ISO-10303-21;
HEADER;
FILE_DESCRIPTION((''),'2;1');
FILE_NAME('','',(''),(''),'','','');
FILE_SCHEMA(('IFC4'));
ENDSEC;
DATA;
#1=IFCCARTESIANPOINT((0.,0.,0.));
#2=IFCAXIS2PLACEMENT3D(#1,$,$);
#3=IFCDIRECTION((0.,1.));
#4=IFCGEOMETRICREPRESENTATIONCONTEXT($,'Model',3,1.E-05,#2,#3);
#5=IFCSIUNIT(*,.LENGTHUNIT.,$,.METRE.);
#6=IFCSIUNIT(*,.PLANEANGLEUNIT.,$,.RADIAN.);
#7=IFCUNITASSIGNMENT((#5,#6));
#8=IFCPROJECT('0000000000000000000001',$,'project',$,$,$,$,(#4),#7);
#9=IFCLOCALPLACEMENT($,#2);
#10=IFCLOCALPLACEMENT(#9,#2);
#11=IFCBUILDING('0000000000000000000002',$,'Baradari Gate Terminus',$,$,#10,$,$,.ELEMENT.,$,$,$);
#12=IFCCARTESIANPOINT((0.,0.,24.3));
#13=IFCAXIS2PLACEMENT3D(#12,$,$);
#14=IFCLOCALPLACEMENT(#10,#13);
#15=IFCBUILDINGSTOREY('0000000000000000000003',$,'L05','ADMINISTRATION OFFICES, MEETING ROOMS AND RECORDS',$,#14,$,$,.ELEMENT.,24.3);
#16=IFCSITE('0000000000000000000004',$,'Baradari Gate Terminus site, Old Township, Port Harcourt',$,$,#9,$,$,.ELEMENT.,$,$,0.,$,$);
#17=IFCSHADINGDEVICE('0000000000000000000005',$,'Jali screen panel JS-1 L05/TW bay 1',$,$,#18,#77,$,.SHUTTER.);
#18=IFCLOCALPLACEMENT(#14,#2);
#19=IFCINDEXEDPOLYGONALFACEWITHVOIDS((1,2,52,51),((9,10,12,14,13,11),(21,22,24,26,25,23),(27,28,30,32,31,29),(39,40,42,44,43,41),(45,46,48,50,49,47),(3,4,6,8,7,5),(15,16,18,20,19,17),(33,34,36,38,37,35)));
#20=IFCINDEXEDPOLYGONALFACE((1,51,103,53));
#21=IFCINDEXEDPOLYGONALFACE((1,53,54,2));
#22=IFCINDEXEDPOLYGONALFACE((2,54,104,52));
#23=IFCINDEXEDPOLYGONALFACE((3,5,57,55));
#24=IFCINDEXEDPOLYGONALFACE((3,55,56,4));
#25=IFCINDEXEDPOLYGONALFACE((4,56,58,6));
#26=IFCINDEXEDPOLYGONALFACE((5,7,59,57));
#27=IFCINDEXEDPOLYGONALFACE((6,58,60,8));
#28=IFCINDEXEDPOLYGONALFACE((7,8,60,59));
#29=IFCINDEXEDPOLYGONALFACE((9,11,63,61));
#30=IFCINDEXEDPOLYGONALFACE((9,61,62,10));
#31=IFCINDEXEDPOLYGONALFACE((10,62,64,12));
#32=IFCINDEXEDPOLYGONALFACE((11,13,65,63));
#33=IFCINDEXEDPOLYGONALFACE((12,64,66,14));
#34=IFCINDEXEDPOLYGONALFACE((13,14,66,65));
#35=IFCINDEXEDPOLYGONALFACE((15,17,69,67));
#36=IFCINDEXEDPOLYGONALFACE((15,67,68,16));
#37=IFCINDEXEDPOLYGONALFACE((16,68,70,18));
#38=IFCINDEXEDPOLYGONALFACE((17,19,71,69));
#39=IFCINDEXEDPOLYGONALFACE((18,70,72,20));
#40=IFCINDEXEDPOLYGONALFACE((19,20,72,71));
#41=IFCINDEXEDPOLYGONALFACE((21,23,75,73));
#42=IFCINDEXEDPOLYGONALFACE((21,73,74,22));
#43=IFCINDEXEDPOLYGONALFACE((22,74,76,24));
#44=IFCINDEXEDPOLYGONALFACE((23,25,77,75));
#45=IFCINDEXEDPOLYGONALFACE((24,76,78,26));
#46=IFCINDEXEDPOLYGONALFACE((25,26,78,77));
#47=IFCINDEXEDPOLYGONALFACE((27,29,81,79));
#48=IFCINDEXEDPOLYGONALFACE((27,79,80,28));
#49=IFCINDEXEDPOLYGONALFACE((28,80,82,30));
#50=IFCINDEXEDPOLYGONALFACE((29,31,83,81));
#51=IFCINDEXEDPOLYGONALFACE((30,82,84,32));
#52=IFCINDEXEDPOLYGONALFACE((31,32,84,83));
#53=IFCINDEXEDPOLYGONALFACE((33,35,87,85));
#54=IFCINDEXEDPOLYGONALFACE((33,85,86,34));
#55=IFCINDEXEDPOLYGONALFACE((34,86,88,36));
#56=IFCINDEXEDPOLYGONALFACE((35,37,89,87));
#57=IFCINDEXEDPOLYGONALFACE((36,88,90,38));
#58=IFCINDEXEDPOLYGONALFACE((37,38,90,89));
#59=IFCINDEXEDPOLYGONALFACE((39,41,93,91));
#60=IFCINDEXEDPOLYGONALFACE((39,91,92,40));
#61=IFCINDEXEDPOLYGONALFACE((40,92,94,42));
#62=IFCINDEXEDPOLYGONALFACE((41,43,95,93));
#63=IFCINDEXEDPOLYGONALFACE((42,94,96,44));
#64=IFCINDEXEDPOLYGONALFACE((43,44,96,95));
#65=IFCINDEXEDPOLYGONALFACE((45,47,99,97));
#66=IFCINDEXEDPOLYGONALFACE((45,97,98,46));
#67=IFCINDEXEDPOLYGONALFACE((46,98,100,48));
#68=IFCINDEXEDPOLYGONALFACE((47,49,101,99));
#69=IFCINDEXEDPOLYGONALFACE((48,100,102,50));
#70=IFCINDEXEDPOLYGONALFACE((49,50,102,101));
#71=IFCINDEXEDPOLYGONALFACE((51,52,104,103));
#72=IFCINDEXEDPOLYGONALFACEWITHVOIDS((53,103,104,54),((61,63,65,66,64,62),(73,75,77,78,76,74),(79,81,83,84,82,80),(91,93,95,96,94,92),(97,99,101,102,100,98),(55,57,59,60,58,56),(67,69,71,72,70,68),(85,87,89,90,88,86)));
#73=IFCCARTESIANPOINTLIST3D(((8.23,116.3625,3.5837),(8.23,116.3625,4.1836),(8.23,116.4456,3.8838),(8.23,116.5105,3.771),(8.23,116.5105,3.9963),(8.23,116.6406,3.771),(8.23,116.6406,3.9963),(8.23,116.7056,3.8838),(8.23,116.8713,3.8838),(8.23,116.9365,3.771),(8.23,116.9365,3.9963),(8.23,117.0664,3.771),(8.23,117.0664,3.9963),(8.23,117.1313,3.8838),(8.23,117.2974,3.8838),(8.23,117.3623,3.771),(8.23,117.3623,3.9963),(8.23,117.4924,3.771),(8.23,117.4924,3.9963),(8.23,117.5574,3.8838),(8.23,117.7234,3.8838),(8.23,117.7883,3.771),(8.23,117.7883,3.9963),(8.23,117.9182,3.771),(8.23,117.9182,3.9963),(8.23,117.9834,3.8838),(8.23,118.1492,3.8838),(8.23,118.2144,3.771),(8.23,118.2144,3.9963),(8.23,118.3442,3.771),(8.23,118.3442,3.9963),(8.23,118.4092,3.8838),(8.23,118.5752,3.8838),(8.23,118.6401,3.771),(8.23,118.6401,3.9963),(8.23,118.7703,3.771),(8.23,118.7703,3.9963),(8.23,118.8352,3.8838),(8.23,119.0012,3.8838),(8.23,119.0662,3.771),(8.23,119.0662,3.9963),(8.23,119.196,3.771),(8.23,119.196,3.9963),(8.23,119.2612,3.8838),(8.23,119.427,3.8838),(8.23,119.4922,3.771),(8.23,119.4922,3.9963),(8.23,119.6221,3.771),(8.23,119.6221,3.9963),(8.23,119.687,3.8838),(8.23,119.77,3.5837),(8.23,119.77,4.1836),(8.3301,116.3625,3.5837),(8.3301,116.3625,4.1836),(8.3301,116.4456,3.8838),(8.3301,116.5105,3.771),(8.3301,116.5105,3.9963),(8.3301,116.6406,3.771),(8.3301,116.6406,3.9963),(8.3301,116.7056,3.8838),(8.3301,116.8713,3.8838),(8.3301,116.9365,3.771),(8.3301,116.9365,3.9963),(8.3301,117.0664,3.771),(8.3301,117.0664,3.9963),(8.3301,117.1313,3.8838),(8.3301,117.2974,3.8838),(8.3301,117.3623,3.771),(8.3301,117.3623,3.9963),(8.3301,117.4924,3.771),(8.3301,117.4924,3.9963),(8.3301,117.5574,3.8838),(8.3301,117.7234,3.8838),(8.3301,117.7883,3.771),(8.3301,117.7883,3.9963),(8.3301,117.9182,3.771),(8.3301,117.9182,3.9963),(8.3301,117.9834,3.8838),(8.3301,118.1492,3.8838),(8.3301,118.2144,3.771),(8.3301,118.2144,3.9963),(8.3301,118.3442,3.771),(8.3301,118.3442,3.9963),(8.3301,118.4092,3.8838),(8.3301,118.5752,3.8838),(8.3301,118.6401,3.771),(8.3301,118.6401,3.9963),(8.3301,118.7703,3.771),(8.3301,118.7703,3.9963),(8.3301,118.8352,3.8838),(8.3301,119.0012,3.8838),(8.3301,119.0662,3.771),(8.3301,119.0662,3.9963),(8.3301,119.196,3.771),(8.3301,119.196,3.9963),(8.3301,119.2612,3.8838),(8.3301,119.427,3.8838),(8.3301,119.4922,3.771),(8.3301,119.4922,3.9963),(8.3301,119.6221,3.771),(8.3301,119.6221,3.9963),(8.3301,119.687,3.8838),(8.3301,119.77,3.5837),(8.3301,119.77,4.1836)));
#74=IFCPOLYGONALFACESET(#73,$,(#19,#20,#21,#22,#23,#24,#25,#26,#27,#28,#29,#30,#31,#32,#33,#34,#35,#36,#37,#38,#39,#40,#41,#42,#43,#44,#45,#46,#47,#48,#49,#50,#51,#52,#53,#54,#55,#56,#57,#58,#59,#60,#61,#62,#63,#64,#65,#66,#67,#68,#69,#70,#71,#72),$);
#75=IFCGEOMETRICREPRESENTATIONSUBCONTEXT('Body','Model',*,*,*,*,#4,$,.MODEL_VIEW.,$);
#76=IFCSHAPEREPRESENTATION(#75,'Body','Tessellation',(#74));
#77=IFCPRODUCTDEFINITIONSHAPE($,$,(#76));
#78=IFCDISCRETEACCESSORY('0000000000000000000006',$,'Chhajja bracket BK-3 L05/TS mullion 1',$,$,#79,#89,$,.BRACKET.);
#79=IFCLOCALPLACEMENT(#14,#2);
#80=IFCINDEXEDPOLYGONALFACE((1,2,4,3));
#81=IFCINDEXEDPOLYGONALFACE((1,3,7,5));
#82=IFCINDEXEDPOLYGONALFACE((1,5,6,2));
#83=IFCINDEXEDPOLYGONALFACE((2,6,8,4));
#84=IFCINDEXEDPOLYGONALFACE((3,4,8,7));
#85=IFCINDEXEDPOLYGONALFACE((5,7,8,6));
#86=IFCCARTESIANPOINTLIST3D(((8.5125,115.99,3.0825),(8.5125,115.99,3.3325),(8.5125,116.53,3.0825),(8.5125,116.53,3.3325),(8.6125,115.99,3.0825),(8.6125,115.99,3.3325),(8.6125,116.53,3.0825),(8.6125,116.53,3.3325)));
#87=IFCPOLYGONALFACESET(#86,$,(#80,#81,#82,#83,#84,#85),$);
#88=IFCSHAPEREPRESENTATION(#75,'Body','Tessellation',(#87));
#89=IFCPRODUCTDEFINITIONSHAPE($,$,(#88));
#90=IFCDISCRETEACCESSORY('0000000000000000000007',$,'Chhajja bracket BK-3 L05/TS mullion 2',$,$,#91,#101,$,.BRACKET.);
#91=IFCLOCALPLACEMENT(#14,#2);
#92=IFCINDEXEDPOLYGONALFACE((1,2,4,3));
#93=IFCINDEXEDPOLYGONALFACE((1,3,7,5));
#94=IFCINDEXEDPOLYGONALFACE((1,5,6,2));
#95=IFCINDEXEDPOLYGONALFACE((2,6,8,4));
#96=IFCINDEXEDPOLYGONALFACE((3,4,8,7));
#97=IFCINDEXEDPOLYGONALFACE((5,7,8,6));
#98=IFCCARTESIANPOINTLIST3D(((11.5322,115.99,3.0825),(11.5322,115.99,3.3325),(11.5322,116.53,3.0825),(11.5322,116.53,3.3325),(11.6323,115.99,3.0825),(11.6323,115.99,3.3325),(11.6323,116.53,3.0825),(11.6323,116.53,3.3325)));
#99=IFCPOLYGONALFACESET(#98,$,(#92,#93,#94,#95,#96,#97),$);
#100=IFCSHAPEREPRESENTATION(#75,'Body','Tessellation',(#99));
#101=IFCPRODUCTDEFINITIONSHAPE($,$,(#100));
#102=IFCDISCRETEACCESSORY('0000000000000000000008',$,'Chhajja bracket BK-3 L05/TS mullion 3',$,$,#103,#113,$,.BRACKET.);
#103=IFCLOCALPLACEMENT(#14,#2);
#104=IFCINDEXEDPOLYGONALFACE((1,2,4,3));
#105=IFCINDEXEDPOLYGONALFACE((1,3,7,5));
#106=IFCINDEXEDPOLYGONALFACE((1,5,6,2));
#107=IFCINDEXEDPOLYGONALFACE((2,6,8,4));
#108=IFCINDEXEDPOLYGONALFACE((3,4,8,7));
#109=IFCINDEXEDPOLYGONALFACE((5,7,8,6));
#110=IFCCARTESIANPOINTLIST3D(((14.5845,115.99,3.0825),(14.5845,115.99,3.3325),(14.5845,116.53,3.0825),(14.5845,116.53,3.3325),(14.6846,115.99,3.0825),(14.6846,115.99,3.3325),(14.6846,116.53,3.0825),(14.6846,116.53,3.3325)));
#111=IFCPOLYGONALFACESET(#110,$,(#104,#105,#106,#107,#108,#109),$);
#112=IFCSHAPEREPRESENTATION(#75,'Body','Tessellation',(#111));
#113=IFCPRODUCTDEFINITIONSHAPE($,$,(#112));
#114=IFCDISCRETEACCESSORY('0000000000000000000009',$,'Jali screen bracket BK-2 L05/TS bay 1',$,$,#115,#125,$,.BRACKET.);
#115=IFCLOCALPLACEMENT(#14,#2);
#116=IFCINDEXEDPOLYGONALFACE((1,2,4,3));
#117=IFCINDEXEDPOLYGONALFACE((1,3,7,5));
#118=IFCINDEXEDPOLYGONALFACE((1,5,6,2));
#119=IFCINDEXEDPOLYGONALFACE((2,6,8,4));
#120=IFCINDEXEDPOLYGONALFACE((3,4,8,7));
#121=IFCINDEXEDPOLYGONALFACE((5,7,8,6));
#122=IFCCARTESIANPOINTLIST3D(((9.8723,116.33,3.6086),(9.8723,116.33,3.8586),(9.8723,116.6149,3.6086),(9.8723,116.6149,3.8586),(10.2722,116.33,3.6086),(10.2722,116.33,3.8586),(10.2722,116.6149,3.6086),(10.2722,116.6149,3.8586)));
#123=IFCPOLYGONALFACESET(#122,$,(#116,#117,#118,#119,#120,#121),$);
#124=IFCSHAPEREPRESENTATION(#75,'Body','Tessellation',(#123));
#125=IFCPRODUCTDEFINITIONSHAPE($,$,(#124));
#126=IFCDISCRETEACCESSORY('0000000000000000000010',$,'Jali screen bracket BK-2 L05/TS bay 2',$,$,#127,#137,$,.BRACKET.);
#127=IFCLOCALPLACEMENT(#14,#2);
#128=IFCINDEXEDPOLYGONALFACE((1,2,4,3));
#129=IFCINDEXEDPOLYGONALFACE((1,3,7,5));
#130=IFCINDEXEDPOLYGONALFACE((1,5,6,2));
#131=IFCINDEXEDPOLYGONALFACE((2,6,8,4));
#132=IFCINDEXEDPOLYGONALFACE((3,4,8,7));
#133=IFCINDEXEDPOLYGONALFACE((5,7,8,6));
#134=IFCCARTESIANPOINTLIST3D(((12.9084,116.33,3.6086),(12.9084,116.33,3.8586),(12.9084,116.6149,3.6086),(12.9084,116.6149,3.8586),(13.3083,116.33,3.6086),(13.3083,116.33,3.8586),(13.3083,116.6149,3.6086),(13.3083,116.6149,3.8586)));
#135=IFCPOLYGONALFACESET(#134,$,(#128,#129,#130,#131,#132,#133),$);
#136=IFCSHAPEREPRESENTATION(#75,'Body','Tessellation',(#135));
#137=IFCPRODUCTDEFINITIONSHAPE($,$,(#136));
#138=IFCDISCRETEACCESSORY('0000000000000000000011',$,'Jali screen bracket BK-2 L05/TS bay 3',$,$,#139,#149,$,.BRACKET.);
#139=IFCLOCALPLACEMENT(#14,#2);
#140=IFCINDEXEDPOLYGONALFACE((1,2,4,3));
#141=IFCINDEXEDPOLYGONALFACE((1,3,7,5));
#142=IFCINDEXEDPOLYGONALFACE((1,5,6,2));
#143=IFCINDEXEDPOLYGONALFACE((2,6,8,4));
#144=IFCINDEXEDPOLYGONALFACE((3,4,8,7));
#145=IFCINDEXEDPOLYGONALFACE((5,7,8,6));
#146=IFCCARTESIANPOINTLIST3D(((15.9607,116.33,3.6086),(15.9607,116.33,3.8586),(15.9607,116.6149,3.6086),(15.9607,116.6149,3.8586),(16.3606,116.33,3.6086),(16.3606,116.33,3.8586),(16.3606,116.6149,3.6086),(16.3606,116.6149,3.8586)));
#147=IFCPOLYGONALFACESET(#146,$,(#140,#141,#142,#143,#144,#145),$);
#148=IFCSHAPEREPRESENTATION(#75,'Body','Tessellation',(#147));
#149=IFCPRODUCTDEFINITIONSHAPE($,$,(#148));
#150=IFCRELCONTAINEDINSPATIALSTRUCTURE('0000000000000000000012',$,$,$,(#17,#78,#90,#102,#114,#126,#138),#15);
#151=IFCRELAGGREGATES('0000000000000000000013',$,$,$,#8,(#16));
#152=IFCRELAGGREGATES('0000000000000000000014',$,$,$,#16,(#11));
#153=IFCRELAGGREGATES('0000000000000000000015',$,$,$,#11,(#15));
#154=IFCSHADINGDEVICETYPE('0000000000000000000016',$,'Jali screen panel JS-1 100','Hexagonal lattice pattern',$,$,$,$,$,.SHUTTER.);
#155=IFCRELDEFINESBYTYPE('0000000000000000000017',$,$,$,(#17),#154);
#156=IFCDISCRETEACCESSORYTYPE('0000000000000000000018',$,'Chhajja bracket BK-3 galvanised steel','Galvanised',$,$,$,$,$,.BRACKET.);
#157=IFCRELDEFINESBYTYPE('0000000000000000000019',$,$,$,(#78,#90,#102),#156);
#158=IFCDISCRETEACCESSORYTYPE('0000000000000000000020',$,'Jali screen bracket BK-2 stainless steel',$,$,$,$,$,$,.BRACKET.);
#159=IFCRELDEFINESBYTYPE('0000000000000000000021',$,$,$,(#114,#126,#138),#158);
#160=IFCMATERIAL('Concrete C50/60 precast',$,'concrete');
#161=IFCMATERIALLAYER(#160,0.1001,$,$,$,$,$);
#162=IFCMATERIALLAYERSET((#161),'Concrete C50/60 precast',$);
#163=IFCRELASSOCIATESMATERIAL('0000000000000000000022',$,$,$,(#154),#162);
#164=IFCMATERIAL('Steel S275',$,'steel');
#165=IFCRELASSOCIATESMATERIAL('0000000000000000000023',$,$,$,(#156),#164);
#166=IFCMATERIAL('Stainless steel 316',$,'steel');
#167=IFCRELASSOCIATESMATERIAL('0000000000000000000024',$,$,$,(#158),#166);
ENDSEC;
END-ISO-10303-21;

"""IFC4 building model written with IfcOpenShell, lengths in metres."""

from ifc_helpers import new_model, si_unit, direction, frame, origin, origin_2d, place, context, subcontext, project, spatial, polyline, rectangle, outline, extrude, material, layer, layer_set, type_object, element, save


model = new_model("IFC4")

# Units and contexts
model_context = context("Model", 3, precision=1e-05, world=origin(), true_north=direction((0.0, 1.0)))
body_context = subcontext(model_context, "Body", "Model", "MODEL_VIEW")
ifc_project = project(units=[si_unit("LENGTHUNIT", "METRE"), si_unit("PLANEANGLEUNIT", "RADIAN")], contexts=[model_context])

# Site, building, storey
site_placement = place(None, origin())
site = spatial("IfcSite", under=ifc_project, at=site_placement, Name="Baradari Gate Terminus site, Old Township, Port Harcourt", CompositionType="ELEMENT", RefElevation=0.0)
building_placement = place(site_placement, origin())
building = spatial("IfcBuilding", under=site, at=building_placement, Name="Baradari Gate Terminus", CompositionType="ELEMENT")
storey_placement = place(building_placement, frame((0.0, 0.0, 24.3)))
storey = spatial("IfcBuildingStorey", under=building, at=storey_placement, Name="L05", Description="ADMINISTRATION OFFICES, MEETING ROOMS AND RECORDS", CompositionType="ELEMENT", Elevation=24.3)

# Shading device
ifc_material_1 = material(Name="Concrete C50/60 precast", Category="concrete")
ifc_layer_1 = layer(ifc_material_1, 0.1001)
ifc_layer_set_1 = layer_set([ifc_layer_1], Name="Concrete C50/60 precast")
shading_device_type = type_object("IfcShadingDeviceType", Name="Jali screen panel JS-1 100", Description="Hexagonal lattice pattern", PredefinedType="SHUTTER", material=ifc_layer_set_1)
shading_device_1_placement = place(storey_placement, frame((8.28, 116.3625, 3.5837), z_axis=(0.0, 0.0, 1.0), x_axis=(0.0, 1.0, 0.0)))
element("IfcShadingDevice", 1, at=shading_device_1_placement, inside=storey, type_object=shading_device_type, Name="Jali screen panel JS-1 L05/TW bay 1", PredefinedType="SHUTTER", context=body_context, shape_type="SweptSolid", body=[
    extrude(outline(polyline([(0.0, 0.0), (3.4075, 0.0), (3.4075, 0.5999), (0.0, 0.5999), (0.0, 0.0)]), holes=[polyline([(0.343, 0.3), (0.2781, 0.1873), (0.1479, 0.1873), (0.083, 0.3), (0.1479, 0.4126), (0.2781, 0.4126), (0.343, 0.3)]), polyline([(0.7688, 0.3), (0.7039, 0.1873), (0.574, 0.1873), (0.5088, 0.3), (0.574, 0.4126), (0.7039, 0.4126), (0.7688, 0.3)]), polyline([(1.1948, 0.3), (1.1299, 0.1873), (0.9998, 0.1873), (0.9348, 0.3), (0.9998, 0.4126), (1.1299, 0.4126), (1.1948, 0.3)]), polyline([(1.6208, 0.3), (1.5557, 0.1873), (1.4258, 0.1873), (1.3608, 0.3), (1.4258, 0.4126), (1.5557, 0.4126), (1.6208, 0.3)]), polyline([(2.0466, 0.3), (1.9817, 0.1873), (1.8518, 0.1873), (1.7866, 0.3), (1.8518, 0.4126), (1.9817, 0.4126), (2.0466, 0.3)]), polyline([(2.4727, 0.3), (2.4077, 0.1873), (2.2776, 0.1873), (2.2126, 0.3), (2.2776, 0.4126), (2.4077, 0.4126), (2.4727, 0.3)]), polyline([(2.8987, 0.3), (2.8335, 0.1873), (2.7036, 0.1873), (2.6387, 0.3), (2.7036, 0.4126), (2.8335, 0.4126), (2.8987, 0.3)]), polyline([(3.3245, 0.3), (3.2595, 0.1873), (3.1296, 0.1873), (3.0645, 0.3), (3.1296, 0.4126), (3.2595, 0.4126), (3.3245, 0.3)])]), frame((0.0, 0.05, 0.0), z_axis=(0.0, -1.0, 0.0), x_axis=(1.0, 0.0, 0.0)), (0.0, 0.0, 1.0), 0.1001),
])

# Discrete accessories
ifc_material_2 = material(Name="Steel S275", Category="steel")
discrete_accessory_type_1 = type_object("IfcDiscreteAccessoryType", Name="Chhajja bracket BK-3 galvanised steel", Description="Galvanised", PredefinedType="BRACKET", material=ifc_material_2)
for number, where, z_axis, x_axis, name in (
    (2, (8.5625, 116.26, 3.0825), (0.0, 0.0, 1.0), (0.0, -1.0, 0.0), "Chhajja bracket BK-3 L05/TS mullion 1"),
    (3, (11.5823, 116.26, 3.0825), (0.0, 0.0, 1.0), (0.0, -1.0, 0.0), "Chhajja bracket BK-3 L05/TS mullion 2"),
    (4, (14.6345, 116.26, 3.0825), (0.0, 0.0, 1.0), (0.0, -1.0, 0.0), "Chhajja bracket BK-3 L05/TS mullion 3"),
):
    element("IfcDiscreteAccessory", number, at=place(storey_placement, frame(where, z_axis=z_axis, x_axis=x_axis)), inside=storey, type_object=discrete_accessory_type_1, Name=name, PredefinedType="BRACKET", context=body_context, shape_type="SweptSolid", body=[
        extrude(rectangle(XDim=0.54, YDim=0.1001, at=origin_2d()), origin(), (0.0, 0.0, 1.0), 0.25),
    ])
ifc_material_3 = material(Name="Stainless steel 316", Category="steel")
discrete_accessory_type_2 = type_object("IfcDiscreteAccessoryType", Name="Jali screen bracket BK-2 stainless steel", PredefinedType="BRACKET", material=ifc_material_3)
for number, where, z_axis, x_axis, name in (
    (5, (10.0723, 116.4724, 3.6086), (0.0, 0.0, 1.0), (0.0, -1.0, 0.0), "Jali screen bracket BK-2 L05/TS bay 1"),
    (6, (13.1084, 116.4724, 3.6086), (0.0, 0.0, 1.0), (0.0, -1.0, 0.0), "Jali screen bracket BK-2 L05/TS bay 2"),
    (7, (16.1606, 116.4724, 3.6086), (0.0, 0.0, 1.0), (0.0, -1.0, 0.0), "Jali screen bracket BK-2 L05/TS bay 3"),
):
    element("IfcDiscreteAccessory", number, at=place(storey_placement, frame(where, z_axis=z_axis, x_axis=x_axis)), inside=storey, type_object=discrete_accessory_type_2, Name=name, PredefinedType="BRACKET", context=body_context, shape_type="SweptSolid", body=[
        extrude(rectangle(XDim=0.2849, YDim=0.3999, at=origin_2d()), origin(), (0.0, 0.0, 1.0), 0.25),
    ])

save(model, "model.ifc")
